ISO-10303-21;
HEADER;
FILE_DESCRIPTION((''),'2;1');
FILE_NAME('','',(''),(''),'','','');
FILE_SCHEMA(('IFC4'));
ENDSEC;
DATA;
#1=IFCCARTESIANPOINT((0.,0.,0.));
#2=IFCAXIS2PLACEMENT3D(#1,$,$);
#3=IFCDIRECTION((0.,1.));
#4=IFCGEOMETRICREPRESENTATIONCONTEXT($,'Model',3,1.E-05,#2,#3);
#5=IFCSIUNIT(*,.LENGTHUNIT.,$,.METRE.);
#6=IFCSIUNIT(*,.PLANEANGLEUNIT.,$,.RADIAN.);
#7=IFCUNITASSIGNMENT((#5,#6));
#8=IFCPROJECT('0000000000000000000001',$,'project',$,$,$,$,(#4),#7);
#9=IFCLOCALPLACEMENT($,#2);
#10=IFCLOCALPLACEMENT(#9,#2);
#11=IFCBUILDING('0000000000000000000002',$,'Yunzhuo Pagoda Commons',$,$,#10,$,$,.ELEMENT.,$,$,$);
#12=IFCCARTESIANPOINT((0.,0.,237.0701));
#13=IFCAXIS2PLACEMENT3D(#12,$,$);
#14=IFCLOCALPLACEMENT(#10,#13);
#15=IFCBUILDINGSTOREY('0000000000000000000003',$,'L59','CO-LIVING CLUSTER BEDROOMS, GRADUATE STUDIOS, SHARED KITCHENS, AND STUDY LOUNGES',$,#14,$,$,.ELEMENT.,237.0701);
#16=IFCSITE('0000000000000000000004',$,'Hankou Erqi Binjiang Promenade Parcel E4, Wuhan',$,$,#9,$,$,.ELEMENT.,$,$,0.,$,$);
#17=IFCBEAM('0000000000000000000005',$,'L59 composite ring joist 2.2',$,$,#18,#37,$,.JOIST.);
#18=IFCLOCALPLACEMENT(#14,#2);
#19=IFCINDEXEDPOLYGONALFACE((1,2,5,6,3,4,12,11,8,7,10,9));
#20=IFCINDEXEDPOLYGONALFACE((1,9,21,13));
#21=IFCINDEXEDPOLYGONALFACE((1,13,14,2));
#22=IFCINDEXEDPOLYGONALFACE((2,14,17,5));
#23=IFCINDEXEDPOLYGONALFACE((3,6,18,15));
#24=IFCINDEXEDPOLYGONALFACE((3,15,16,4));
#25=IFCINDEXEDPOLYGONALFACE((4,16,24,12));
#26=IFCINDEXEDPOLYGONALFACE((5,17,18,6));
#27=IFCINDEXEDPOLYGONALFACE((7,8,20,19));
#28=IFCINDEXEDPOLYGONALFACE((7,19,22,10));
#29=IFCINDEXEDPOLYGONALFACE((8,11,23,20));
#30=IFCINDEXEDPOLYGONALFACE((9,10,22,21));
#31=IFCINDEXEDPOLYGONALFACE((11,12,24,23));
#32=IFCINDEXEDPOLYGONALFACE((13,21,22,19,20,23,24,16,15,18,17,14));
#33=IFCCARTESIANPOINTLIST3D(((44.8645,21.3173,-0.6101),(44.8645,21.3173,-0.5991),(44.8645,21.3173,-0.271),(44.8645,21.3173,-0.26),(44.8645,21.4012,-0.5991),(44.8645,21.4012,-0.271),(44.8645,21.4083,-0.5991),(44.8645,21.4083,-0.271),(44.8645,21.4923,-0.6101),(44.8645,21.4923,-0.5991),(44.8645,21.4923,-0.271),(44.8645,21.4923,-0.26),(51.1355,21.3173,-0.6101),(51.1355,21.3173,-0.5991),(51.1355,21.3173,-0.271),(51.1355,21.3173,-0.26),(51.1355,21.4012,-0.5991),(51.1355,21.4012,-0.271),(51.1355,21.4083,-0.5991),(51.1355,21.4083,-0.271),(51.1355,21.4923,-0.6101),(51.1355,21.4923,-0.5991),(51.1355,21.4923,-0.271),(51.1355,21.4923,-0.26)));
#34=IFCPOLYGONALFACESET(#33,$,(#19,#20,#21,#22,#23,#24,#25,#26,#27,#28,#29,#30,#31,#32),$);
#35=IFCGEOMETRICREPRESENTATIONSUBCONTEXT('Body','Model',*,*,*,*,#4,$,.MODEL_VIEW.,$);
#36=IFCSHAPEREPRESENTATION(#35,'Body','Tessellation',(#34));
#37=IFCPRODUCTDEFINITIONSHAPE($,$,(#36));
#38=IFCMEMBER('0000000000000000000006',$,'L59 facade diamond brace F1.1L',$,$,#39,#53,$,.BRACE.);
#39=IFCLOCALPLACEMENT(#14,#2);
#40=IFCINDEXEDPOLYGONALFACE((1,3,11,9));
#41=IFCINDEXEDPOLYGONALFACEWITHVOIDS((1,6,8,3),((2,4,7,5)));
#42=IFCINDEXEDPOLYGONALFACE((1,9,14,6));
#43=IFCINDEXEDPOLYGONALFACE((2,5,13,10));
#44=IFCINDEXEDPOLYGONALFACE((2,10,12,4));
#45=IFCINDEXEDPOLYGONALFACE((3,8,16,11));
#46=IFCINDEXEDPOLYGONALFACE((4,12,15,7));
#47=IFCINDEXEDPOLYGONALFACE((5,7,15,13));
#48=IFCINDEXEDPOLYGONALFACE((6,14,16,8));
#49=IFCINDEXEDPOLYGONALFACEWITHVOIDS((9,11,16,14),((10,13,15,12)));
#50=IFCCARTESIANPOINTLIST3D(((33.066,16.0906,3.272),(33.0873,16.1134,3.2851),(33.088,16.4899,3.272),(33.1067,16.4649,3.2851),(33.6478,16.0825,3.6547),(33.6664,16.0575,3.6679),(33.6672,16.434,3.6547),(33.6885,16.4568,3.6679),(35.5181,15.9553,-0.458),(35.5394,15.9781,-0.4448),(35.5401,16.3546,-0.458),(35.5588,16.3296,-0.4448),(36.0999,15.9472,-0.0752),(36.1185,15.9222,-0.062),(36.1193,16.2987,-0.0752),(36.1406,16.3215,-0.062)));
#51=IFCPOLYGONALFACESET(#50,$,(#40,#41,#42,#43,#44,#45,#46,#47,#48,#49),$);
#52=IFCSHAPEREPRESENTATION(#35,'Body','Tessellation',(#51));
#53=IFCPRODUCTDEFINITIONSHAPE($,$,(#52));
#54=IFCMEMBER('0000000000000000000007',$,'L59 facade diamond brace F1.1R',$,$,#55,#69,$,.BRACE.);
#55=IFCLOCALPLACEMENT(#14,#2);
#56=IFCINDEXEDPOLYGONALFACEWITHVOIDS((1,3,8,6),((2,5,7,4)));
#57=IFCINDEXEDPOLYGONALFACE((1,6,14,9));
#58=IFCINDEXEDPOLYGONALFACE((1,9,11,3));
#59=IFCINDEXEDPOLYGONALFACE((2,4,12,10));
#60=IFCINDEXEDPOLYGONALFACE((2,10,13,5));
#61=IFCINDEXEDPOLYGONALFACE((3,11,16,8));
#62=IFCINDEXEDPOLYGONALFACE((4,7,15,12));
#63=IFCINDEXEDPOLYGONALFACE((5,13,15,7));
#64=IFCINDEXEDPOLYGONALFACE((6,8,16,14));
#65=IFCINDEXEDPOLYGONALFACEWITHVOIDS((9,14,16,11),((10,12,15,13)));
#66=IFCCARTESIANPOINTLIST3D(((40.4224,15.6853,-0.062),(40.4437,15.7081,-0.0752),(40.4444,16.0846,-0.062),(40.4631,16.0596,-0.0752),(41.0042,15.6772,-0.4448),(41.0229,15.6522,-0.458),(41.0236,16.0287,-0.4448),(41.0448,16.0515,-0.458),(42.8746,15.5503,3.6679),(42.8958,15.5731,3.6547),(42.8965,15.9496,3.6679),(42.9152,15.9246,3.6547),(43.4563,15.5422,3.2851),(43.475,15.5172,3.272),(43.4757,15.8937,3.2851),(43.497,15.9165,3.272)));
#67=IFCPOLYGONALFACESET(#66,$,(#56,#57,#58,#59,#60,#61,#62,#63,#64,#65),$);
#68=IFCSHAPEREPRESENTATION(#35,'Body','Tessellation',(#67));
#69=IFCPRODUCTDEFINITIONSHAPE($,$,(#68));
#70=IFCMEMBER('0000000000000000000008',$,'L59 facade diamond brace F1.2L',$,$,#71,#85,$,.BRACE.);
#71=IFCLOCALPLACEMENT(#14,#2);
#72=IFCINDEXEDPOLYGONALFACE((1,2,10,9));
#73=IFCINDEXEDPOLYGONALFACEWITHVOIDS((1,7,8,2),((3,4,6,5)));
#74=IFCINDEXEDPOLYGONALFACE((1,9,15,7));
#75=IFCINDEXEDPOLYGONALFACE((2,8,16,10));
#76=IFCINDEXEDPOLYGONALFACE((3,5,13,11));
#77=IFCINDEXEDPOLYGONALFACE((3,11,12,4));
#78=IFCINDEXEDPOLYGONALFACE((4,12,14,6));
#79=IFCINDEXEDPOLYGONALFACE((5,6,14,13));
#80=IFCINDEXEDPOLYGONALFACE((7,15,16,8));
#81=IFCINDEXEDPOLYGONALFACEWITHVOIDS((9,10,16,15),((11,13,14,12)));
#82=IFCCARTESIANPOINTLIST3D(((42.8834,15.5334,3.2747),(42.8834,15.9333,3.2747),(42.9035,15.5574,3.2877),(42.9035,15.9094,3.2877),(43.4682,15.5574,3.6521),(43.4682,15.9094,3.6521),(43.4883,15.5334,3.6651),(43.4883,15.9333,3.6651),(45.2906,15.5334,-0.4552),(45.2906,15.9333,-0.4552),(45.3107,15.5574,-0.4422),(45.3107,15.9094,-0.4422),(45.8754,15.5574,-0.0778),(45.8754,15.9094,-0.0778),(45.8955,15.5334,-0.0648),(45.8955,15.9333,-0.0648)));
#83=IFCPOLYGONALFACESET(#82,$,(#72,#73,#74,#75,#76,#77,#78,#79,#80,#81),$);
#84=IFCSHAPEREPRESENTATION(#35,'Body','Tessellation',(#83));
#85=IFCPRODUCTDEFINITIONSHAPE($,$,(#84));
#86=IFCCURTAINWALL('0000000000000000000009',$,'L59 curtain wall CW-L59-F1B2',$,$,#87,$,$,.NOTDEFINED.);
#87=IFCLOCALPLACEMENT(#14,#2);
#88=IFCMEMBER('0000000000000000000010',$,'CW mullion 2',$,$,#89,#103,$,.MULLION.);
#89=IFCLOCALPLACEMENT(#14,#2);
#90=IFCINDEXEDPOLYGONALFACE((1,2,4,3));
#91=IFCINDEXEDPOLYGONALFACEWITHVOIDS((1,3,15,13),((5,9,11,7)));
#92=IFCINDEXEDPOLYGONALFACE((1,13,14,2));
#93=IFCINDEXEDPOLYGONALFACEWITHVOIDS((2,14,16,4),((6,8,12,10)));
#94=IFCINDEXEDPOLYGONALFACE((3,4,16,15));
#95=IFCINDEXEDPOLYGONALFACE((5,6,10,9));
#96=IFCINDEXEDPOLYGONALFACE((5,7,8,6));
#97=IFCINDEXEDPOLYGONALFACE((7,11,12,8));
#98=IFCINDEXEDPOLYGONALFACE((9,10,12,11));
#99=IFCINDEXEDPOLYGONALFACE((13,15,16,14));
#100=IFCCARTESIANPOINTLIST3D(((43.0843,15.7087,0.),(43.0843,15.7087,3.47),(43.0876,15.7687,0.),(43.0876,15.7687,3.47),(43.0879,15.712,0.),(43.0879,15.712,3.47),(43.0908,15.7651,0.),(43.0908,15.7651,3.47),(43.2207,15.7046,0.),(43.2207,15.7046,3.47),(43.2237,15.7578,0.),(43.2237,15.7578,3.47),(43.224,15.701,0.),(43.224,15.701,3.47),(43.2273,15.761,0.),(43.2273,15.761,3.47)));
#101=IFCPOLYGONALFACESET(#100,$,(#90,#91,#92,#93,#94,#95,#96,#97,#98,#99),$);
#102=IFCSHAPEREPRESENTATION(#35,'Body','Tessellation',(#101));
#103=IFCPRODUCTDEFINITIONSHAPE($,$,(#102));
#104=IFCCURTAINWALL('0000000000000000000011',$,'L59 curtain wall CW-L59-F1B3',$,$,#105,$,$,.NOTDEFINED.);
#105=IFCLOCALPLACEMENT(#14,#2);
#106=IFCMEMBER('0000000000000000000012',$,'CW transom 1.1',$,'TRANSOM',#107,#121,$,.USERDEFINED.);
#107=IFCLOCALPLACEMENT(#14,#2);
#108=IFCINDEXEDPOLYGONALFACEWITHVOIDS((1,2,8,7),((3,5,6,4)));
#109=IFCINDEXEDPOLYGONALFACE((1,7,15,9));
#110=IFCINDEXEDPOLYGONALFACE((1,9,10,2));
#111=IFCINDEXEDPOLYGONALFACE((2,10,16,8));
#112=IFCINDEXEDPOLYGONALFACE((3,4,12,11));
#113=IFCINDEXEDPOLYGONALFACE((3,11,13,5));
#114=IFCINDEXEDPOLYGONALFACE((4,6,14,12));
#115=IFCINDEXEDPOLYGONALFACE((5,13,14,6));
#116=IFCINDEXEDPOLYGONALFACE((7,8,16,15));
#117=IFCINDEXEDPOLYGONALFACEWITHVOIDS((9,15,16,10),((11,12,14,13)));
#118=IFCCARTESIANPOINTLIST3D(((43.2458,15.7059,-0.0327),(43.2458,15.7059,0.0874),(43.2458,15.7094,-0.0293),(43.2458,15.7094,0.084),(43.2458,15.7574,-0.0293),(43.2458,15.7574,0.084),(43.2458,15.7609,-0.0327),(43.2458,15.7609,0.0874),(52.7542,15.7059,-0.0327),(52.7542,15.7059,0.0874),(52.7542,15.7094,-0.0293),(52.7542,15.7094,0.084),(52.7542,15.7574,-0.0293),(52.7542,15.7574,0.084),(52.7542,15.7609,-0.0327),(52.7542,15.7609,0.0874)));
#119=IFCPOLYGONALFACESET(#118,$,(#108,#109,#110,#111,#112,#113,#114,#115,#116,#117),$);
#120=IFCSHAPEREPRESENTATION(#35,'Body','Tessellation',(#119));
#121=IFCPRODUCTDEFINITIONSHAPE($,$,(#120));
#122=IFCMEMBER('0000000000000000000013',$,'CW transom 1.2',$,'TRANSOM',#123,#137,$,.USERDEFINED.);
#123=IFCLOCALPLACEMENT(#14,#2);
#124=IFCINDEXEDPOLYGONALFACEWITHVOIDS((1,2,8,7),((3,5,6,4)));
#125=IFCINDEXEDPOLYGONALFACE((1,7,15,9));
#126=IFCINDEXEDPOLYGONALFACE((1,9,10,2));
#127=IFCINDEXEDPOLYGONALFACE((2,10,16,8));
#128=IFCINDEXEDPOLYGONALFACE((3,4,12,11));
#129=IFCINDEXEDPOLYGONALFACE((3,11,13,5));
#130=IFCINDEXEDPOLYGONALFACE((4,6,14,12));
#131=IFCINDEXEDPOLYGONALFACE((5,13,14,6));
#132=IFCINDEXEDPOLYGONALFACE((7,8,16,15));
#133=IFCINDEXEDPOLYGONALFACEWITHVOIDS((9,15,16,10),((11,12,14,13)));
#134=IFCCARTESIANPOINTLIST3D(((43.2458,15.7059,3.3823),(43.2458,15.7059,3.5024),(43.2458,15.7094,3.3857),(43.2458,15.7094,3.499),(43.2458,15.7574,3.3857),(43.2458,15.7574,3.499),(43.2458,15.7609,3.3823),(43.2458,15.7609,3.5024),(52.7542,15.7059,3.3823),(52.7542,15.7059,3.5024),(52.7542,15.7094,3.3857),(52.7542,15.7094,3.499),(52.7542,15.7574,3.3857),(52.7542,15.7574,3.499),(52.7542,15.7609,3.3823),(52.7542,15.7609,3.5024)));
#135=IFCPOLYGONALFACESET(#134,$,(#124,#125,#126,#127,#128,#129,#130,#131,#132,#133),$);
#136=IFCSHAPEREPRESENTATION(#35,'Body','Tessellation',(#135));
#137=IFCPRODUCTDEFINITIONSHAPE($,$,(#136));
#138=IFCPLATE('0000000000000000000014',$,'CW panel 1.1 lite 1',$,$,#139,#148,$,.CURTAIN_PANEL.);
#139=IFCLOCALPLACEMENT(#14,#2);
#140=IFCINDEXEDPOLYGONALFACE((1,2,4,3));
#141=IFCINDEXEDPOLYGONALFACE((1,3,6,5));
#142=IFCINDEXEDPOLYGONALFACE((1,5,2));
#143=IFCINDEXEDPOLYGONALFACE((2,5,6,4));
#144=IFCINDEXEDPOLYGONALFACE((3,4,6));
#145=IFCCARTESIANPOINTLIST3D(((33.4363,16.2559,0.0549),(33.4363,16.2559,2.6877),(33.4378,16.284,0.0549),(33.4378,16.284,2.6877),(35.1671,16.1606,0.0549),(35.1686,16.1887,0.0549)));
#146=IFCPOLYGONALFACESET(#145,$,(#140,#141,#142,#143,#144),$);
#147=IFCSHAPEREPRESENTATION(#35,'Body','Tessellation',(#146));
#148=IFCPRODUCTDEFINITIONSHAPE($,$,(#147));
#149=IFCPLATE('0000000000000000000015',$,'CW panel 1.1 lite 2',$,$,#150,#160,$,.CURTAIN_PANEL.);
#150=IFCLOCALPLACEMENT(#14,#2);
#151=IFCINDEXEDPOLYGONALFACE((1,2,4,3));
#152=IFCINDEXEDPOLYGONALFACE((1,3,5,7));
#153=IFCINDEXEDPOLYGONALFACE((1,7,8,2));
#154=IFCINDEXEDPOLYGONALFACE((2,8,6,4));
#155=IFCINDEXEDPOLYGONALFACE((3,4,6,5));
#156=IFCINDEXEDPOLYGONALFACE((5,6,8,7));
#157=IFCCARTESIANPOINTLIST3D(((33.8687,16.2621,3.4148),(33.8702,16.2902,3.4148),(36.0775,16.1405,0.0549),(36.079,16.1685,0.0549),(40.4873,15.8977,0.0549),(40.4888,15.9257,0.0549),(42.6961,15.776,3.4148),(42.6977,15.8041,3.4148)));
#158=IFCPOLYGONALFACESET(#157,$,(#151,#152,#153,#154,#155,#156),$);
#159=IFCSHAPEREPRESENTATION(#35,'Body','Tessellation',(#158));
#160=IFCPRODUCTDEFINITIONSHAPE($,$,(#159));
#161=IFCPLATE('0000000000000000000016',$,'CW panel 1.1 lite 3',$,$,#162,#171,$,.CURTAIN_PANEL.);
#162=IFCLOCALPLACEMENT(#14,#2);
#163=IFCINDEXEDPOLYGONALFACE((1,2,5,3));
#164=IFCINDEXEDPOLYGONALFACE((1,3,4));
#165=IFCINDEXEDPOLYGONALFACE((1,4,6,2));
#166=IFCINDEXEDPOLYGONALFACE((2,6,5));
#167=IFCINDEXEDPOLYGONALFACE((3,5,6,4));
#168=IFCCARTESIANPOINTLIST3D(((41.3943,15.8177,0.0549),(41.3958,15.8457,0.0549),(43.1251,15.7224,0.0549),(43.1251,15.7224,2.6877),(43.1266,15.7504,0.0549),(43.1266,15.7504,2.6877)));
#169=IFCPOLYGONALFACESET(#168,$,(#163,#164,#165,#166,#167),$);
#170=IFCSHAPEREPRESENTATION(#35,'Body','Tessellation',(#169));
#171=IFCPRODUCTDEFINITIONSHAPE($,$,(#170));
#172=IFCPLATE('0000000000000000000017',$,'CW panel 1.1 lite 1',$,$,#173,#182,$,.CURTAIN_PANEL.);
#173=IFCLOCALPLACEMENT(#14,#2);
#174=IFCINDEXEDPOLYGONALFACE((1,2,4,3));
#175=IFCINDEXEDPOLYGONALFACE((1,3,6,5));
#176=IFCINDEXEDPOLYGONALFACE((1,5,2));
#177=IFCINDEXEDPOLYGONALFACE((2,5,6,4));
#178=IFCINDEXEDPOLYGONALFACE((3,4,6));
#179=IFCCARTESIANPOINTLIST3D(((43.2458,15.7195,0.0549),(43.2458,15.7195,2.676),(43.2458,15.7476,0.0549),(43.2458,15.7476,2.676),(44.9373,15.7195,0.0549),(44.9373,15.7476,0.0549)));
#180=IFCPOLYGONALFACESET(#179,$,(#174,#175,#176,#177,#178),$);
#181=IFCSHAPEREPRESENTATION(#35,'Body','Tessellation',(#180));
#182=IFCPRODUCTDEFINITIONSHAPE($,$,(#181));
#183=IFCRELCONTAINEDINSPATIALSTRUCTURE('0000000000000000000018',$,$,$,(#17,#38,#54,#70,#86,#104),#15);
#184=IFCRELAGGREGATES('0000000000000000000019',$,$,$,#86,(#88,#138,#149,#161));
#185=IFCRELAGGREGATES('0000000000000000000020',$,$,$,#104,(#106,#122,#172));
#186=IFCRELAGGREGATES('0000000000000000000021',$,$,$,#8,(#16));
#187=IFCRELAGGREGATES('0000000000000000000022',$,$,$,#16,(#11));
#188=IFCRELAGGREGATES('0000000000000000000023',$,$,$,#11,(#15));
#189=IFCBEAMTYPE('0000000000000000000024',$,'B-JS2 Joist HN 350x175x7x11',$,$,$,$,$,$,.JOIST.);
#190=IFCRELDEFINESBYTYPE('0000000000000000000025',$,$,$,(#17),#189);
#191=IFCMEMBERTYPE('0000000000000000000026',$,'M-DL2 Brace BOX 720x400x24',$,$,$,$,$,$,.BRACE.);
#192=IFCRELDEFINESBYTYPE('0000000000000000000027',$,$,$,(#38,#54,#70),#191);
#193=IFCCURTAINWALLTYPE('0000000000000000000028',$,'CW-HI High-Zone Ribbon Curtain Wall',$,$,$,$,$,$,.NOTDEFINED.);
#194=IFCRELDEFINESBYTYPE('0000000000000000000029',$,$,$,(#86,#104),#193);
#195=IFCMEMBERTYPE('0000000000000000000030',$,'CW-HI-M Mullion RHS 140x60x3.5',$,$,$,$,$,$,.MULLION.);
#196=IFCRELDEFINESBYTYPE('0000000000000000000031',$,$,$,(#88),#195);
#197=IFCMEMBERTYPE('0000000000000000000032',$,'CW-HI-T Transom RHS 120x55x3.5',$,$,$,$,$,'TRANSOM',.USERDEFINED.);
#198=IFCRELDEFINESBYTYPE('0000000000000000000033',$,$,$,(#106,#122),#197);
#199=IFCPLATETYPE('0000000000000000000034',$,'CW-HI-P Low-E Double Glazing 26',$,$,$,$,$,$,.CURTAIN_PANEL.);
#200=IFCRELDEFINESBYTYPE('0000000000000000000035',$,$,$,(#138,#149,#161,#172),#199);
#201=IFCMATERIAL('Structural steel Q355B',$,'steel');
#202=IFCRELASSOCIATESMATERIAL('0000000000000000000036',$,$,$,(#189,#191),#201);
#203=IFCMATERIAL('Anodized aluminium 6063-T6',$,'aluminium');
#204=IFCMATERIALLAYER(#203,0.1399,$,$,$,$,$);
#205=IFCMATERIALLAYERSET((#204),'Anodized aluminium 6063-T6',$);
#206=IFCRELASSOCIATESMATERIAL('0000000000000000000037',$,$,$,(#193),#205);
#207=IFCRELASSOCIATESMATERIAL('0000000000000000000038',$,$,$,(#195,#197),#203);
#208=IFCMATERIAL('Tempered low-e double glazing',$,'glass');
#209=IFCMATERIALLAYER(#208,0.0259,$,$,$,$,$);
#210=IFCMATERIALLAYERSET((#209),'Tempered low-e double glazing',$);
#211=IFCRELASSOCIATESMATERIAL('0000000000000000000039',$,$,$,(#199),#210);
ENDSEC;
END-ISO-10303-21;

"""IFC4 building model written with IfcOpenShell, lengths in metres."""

from ifc_helpers import new_model, si_unit, direction, frame, origin, origin_2d, place, context, subcontext, project, spatial, polyline, hollow_rectangle, i_section, outline, extrude, source, transform, mapped, material, layer, layer_set, material_profile, profile_set, type_object, element, aggregate, save


model = new_model("IFC4")

# Units and contexts
model_context = context("Model", 3, precision=1e-05, world=origin(), true_north=direction((0.0, 1.0)))
body_context = subcontext(model_context, "Body", "Model", "MODEL_VIEW")
ifc_project = project(units=[si_unit("LENGTHUNIT", "METRE"), si_unit("PLANEANGLEUNIT", "RADIAN")], contexts=[model_context])

# Site, building, storey
site_placement = place(None, origin())
site = spatial("IfcSite", under=ifc_project, at=site_placement, Name="Hankou Erqi Binjiang Promenade Parcel E4, Wuhan", CompositionType="ELEMENT", RefElevation=0.0)
building_placement = place(site_placement, origin())
building = spatial("IfcBuilding", under=site, at=building_placement, Name="Yunzhuo Pagoda Commons", CompositionType="ELEMENT")
storey_placement = place(building_placement, frame((0.0, 0.0, 237.0701)))
storey = spatial("IfcBuildingStorey", under=building, at=storey_placement, Name="L59", Description="CO-LIVING CLUSTER BEDROOMS, GRADUATE STUDIOS, SHARED KITCHENS, AND STUDY LOUNGES", CompositionType="ELEMENT", Elevation=237.0701)

# Shared definitions
ifc_material_1 = material(Name="Structural steel Q355B", Category="steel")

# Beam
ifc_material_profile_1 = material_profile(ifc_material_1, i_section(OverallWidth=0.175, OverallDepth=0.3501, WebThickness=0.0071, FlangeThickness=0.011, at=origin_2d()), Name="Structural steel Q355B")
ifc_profile_set_1 = profile_set([ifc_material_profile_1], Name="Structural steel Q355B")
beam_type_1 = type_object("IfcBeamType", Name="B-JS2 Joist HN 350x175x7x11", PredefinedType="JOIST", material=ifc_profile_set_1)
shared_shape_1 = source(origin(), body_context, "Body", "SweptSolid", [
    extrude(i_section(OverallWidth=0.175, OverallDepth=0.3501, WebThickness=0.0071, FlangeThickness=0.011, at=origin_2d()), origin(), (0.0, 0.0, 1.0), 6.271),
])
beam_1_placement = place(storey_placement, frame((44.8645, 21.4048, -0.4351), z_axis=(1.0, 0.0, 0.0), x_axis=(0.0, 1.0, 0.0)))
element("IfcBeam", 1, at=beam_1_placement, inside=storey, type_object=beam_type_1, Name="L59 composite ring joist 2.2", PredefinedType="JOIST", context=body_context, shape_type="MappedRepresentation", body=[
    mapped(shared_shape_1, transform((0.0, 0.0, 0.0), scale=1.0)),
])

# Members
ifc_material_profile_2 = material_profile(ifc_material_1, hollow_rectangle(XDim=0.3999, YDim=0.72, WallThickness=0.0239, at=origin_2d()), Name="Structural steel Q355B")
ifc_profile_set_2 = profile_set([ifc_material_profile_2], Name="Structural steel Q355B")
member_type_1 = type_object("IfcMemberType", Name="M-DL2 Brace BOX 720x400x24", PredefinedType="BRACE", material=ifc_profile_set_2)
shared_shape_2 = source(origin(), body_context, "Body", "SweptSolid", [
    extrude(hollow_rectangle(XDim=0.3999, YDim=0.72, WallThickness=0.0239, at=origin_2d()), origin(), (0.0, 0.0, 1.0), 4.4658),
])
for number, where, z_axis, x_axis, name in (
    (2, (35.8293, 16.1384, -0.26), (-0.549085, 0.030286, 0.835217), (-0.055074, -0.998482, 0.0), "L59 facade diamond brace F1.1L"),
    (3, (40.7336, 15.8684, -0.26), (0.549086, -0.030231, 0.835219), (0.054974, 0.998488, 0.0), "L59 facade diamond brace F1.1R"),
):
    element("IfcMember", number, at=place(storey_placement, frame(where, z_axis=z_axis, x_axis=x_axis)), inside=storey, type_object=member_type_1, Name=name, PredefinedType="BRACE", context=body_context, shape_type="MappedRepresentation", body=[
        mapped(shared_shape_2, transform((0.0, 0.0, 0.0), scale=1.0)),
    ])
shared_shape_3 = source(origin(), body_context, "Body", "SweptSolid", [
    extrude(hollow_rectangle(XDim=0.3999, YDim=0.72, WallThickness=0.0239, at=origin_2d()), origin(), (0.0, 0.0, 1.0), 4.4392),
])
member_1_placement = place(storey_placement, frame((45.593, 15.7334, -0.26), z_axis=(-0.542252, 0.0, 0.840216), x_axis=(0.0, -1.0, 0.0)))
element("IfcMember", 4, at=member_1_placement, inside=storey, type_object=member_type_1, Name="L59 facade diamond brace F1.2L", PredefinedType="BRACE", context=body_context, shape_type="MappedRepresentation", body=[
    mapped(shared_shape_3, transform((0.0, 0.0, 0.0), scale=1.0)),
])

# Curtain wall, member
ifc_material_2 = material(Name="Anodized aluminium 6063-T6", Category="aluminium")
ifc_layer_1 = layer(ifc_material_2, 0.1399)
ifc_layer_set_1 = layer_set([ifc_layer_1], Name="Anodized aluminium 6063-T6")
curtain_wall_type = type_object("IfcCurtainWallType", Name="CW-HI High-Zone Ribbon Curtain Wall", PredefinedType="NOTDEFINED", material=ifc_layer_set_1)
curtain_wall_1_placement = place(storey_placement, origin())
curtain_wall_1 = element("IfcCurtainWall", 5, at=curtain_wall_1_placement, inside=storey, type_object=curtain_wall_type, Name="L59 curtain wall CW-L59-F1B2", PredefinedType="NOTDEFINED")
ifc_material_profile_3 = material_profile(ifc_material_2, hollow_rectangle(XDim=0.0601, YDim=0.1399, WallThickness=0.0034, at=origin_2d()), Name="Anodized aluminium 6063-T6")
ifc_profile_set_3 = profile_set([ifc_material_profile_3], Name="Anodized aluminium 6063-T6")
member_type_2 = type_object("IfcMemberType", Name="CW-HI-M Mullion RHS 140x60x3.5", PredefinedType="MULLION", material=ifc_profile_set_3)
shared_shape_4 = source(origin(), body_context, "Body", "SweptSolid", [
    extrude(hollow_rectangle(XDim=0.0601, YDim=0.1399, WallThickness=0.0034, at=origin_2d()), origin(), (0.0, 0.0, 1.0), 3.47),
])
member_2_placement = place(storey_placement, frame((43.1558, 15.7349, 0.0), z_axis=(0.0, 0.0, 1.0), x_axis=(0.054981, 0.998487, 0.0)))
member_2 = element("IfcMember", 6, at=member_2_placement, type_object=member_type_2, Name="CW mullion 2", PredefinedType="MULLION", context=body_context, shape_type="MappedRepresentation", body=[
    mapped(shared_shape_4, transform((0.0, 0.0, 0.0), scale=1.0)),
])

# Curtain wall, members
curtain_wall_2_placement = place(storey_placement, origin())
curtain_wall_2 = element("IfcCurtainWall", 7, at=curtain_wall_2_placement, inside=storey, type_object=curtain_wall_type, Name="L59 curtain wall CW-L59-F1B3", PredefinedType="NOTDEFINED")
ifc_material_profile_4 = material_profile(ifc_material_2, hollow_rectangle(XDim=0.0549, YDim=0.1201, WallThickness=0.0034, at=origin_2d()), Name="Anodized aluminium 6063-T6")
ifc_profile_set_4 = profile_set([ifc_material_profile_4], Name="Anodized aluminium 6063-T6")
member_type_3 = type_object("IfcMemberType", Name="CW-HI-T Transom RHS 120x55x3.5", ElementType="TRANSOM", PredefinedType="USERDEFINED", material=ifc_profile_set_4)
shared_shape_5 = source(origin(), body_context, "Body", "SweptSolid", [
    extrude(hollow_rectangle(XDim=0.0549, YDim=0.1201, WallThickness=0.0034, at=origin_2d()), origin(), (0.0, 0.0, 1.0), 9.5083),
])
member_3_placement = place(storey_placement, frame((43.2458, 15.7334, 0.0273), z_axis=(1.0, 0.0, 0.0), x_axis=(0.0, 1.0, 0.0)))
member_3 = element("IfcMember", 8, at=member_3_placement, type_object=member_type_3, Name="CW transom 1.1", ObjectType="TRANSOM", PredefinedType="USERDEFINED", context=body_context, shape_type="MappedRepresentation", body=[
    mapped(shared_shape_5, transform((0.0, 0.0, 0.0), scale=1.0)),
])
member_4_placement = place(storey_placement, frame((43.2458, 15.7334, 3.4424), z_axis=(1.0, 0.0, 0.0), x_axis=(0.0, 1.0, 0.0)))
member_4 = element("IfcMember", 9, at=member_4_placement, type_object=member_type_3, Name="CW transom 1.2", ObjectType="TRANSOM", PredefinedType="USERDEFINED", context=body_context, shape_type="MappedRepresentation", body=[
    mapped(shared_shape_5, transform((0.0, 0.0, 0.0), scale=1.0)),
])

# Plates
ifc_material_3 = material(Name="Tempered low-e double glazing", Category="glass")
ifc_layer_2 = layer(ifc_material_3, 0.0259)
ifc_layer_set_2 = layer_set([ifc_layer_2], Name="Tempered low-e double glazing")
plate_type_1 = type_object("IfcPlateType", Name="CW-HI-P Low-E Double Glazing 26", PredefinedType="CURTAIN_PANEL", material=ifc_layer_set_2)
plate_1_placement = place(storey_placement, frame((34.3032, 16.2363, 1.3713), z_axis=(-0.054981, -0.998487, 0.0), x_axis=(0.998487, -0.054981, 0.0)))
plate_1 = element("IfcPlate", 10, at=plate_1_placement, type_object=plate_type_1, Name="CW panel 1.1 lite 1", PredefinedType="CURTAIN_PANEL", context=body_context, shape_type="SweptSolid", body=[
    extrude(outline(polyline([(-0.8667, -1.3164), (0.8667, -1.3164), (-0.8667, 1.3164), (-0.8667, -1.3164)])), origin(), (0.0, 0.0, 1.0), 0.0281),
])
plate_2_placement = place(storey_placement, frame((38.2839, 16.0471, 1.7349), z_axis=(-0.054981, -0.998487, 0.0), x_axis=(0.998487, -0.054981, 0.0)))
plate_2 = element("IfcPlate", 11, at=plate_2_placement, type_object=plate_type_1, Name="CW panel 1.1 lite 2", PredefinedType="CURTAIN_PANEL", context=body_context, shape_type="SweptSolid", body=[
    extrude(outline(polyline([(-4.4204, 1.6799), (-2.2083, -1.6799), (2.2083, -1.6799), (4.4204, 1.6799), (-4.4204, 1.6799)])), origin(), (0.0, 0.0, 1.0), 0.0281),
])
plate_3_placement = place(storey_placement, frame((42.2612, 15.7981, 1.3713), z_axis=(-0.054981, -0.998487, 0.0), x_axis=(0.998487, -0.054981, 0.0)))
plate_3 = element("IfcPlate", 12, at=plate_3_placement, type_object=plate_type_1, Name="CW panel 1.1 lite 3", PredefinedType="CURTAIN_PANEL", context=body_context, shape_type="SweptSolid", body=[
    extrude(outline(polyline([(-0.8667, -1.3164), (0.8667, -1.3164), (0.8667, 1.3164), (-0.8667, -1.3164)])), origin(), (0.0, 0.0, 1.0), 0.0281),
])
aggregate(curtain_wall_1, [member_2, plate_1, plate_2, plate_3])
plate_4_placement = place(storey_placement, frame((44.0916, 15.7476, 1.3655), z_axis=(0.0, -1.0, 0.0), x_axis=(1.0, 0.0, 0.0)))
plate_4 = element("IfcPlate", 13, at=plate_4_placement, type_object=plate_type_1, Name="CW panel 1.1 lite 1", PredefinedType="CURTAIN_PANEL", context=body_context, shape_type="SweptSolid", body=[
    extrude(outline(polyline([(-0.8457, -1.3105), (0.8457, -1.3105), (-0.8457, 1.3105), (-0.8457, -1.3105)])), origin(), (0.0, 0.0, 1.0), 0.0281),
])
aggregate(curtain_wall_2, [member_3, member_4, plate_4])

save(model, "model.ifc")
